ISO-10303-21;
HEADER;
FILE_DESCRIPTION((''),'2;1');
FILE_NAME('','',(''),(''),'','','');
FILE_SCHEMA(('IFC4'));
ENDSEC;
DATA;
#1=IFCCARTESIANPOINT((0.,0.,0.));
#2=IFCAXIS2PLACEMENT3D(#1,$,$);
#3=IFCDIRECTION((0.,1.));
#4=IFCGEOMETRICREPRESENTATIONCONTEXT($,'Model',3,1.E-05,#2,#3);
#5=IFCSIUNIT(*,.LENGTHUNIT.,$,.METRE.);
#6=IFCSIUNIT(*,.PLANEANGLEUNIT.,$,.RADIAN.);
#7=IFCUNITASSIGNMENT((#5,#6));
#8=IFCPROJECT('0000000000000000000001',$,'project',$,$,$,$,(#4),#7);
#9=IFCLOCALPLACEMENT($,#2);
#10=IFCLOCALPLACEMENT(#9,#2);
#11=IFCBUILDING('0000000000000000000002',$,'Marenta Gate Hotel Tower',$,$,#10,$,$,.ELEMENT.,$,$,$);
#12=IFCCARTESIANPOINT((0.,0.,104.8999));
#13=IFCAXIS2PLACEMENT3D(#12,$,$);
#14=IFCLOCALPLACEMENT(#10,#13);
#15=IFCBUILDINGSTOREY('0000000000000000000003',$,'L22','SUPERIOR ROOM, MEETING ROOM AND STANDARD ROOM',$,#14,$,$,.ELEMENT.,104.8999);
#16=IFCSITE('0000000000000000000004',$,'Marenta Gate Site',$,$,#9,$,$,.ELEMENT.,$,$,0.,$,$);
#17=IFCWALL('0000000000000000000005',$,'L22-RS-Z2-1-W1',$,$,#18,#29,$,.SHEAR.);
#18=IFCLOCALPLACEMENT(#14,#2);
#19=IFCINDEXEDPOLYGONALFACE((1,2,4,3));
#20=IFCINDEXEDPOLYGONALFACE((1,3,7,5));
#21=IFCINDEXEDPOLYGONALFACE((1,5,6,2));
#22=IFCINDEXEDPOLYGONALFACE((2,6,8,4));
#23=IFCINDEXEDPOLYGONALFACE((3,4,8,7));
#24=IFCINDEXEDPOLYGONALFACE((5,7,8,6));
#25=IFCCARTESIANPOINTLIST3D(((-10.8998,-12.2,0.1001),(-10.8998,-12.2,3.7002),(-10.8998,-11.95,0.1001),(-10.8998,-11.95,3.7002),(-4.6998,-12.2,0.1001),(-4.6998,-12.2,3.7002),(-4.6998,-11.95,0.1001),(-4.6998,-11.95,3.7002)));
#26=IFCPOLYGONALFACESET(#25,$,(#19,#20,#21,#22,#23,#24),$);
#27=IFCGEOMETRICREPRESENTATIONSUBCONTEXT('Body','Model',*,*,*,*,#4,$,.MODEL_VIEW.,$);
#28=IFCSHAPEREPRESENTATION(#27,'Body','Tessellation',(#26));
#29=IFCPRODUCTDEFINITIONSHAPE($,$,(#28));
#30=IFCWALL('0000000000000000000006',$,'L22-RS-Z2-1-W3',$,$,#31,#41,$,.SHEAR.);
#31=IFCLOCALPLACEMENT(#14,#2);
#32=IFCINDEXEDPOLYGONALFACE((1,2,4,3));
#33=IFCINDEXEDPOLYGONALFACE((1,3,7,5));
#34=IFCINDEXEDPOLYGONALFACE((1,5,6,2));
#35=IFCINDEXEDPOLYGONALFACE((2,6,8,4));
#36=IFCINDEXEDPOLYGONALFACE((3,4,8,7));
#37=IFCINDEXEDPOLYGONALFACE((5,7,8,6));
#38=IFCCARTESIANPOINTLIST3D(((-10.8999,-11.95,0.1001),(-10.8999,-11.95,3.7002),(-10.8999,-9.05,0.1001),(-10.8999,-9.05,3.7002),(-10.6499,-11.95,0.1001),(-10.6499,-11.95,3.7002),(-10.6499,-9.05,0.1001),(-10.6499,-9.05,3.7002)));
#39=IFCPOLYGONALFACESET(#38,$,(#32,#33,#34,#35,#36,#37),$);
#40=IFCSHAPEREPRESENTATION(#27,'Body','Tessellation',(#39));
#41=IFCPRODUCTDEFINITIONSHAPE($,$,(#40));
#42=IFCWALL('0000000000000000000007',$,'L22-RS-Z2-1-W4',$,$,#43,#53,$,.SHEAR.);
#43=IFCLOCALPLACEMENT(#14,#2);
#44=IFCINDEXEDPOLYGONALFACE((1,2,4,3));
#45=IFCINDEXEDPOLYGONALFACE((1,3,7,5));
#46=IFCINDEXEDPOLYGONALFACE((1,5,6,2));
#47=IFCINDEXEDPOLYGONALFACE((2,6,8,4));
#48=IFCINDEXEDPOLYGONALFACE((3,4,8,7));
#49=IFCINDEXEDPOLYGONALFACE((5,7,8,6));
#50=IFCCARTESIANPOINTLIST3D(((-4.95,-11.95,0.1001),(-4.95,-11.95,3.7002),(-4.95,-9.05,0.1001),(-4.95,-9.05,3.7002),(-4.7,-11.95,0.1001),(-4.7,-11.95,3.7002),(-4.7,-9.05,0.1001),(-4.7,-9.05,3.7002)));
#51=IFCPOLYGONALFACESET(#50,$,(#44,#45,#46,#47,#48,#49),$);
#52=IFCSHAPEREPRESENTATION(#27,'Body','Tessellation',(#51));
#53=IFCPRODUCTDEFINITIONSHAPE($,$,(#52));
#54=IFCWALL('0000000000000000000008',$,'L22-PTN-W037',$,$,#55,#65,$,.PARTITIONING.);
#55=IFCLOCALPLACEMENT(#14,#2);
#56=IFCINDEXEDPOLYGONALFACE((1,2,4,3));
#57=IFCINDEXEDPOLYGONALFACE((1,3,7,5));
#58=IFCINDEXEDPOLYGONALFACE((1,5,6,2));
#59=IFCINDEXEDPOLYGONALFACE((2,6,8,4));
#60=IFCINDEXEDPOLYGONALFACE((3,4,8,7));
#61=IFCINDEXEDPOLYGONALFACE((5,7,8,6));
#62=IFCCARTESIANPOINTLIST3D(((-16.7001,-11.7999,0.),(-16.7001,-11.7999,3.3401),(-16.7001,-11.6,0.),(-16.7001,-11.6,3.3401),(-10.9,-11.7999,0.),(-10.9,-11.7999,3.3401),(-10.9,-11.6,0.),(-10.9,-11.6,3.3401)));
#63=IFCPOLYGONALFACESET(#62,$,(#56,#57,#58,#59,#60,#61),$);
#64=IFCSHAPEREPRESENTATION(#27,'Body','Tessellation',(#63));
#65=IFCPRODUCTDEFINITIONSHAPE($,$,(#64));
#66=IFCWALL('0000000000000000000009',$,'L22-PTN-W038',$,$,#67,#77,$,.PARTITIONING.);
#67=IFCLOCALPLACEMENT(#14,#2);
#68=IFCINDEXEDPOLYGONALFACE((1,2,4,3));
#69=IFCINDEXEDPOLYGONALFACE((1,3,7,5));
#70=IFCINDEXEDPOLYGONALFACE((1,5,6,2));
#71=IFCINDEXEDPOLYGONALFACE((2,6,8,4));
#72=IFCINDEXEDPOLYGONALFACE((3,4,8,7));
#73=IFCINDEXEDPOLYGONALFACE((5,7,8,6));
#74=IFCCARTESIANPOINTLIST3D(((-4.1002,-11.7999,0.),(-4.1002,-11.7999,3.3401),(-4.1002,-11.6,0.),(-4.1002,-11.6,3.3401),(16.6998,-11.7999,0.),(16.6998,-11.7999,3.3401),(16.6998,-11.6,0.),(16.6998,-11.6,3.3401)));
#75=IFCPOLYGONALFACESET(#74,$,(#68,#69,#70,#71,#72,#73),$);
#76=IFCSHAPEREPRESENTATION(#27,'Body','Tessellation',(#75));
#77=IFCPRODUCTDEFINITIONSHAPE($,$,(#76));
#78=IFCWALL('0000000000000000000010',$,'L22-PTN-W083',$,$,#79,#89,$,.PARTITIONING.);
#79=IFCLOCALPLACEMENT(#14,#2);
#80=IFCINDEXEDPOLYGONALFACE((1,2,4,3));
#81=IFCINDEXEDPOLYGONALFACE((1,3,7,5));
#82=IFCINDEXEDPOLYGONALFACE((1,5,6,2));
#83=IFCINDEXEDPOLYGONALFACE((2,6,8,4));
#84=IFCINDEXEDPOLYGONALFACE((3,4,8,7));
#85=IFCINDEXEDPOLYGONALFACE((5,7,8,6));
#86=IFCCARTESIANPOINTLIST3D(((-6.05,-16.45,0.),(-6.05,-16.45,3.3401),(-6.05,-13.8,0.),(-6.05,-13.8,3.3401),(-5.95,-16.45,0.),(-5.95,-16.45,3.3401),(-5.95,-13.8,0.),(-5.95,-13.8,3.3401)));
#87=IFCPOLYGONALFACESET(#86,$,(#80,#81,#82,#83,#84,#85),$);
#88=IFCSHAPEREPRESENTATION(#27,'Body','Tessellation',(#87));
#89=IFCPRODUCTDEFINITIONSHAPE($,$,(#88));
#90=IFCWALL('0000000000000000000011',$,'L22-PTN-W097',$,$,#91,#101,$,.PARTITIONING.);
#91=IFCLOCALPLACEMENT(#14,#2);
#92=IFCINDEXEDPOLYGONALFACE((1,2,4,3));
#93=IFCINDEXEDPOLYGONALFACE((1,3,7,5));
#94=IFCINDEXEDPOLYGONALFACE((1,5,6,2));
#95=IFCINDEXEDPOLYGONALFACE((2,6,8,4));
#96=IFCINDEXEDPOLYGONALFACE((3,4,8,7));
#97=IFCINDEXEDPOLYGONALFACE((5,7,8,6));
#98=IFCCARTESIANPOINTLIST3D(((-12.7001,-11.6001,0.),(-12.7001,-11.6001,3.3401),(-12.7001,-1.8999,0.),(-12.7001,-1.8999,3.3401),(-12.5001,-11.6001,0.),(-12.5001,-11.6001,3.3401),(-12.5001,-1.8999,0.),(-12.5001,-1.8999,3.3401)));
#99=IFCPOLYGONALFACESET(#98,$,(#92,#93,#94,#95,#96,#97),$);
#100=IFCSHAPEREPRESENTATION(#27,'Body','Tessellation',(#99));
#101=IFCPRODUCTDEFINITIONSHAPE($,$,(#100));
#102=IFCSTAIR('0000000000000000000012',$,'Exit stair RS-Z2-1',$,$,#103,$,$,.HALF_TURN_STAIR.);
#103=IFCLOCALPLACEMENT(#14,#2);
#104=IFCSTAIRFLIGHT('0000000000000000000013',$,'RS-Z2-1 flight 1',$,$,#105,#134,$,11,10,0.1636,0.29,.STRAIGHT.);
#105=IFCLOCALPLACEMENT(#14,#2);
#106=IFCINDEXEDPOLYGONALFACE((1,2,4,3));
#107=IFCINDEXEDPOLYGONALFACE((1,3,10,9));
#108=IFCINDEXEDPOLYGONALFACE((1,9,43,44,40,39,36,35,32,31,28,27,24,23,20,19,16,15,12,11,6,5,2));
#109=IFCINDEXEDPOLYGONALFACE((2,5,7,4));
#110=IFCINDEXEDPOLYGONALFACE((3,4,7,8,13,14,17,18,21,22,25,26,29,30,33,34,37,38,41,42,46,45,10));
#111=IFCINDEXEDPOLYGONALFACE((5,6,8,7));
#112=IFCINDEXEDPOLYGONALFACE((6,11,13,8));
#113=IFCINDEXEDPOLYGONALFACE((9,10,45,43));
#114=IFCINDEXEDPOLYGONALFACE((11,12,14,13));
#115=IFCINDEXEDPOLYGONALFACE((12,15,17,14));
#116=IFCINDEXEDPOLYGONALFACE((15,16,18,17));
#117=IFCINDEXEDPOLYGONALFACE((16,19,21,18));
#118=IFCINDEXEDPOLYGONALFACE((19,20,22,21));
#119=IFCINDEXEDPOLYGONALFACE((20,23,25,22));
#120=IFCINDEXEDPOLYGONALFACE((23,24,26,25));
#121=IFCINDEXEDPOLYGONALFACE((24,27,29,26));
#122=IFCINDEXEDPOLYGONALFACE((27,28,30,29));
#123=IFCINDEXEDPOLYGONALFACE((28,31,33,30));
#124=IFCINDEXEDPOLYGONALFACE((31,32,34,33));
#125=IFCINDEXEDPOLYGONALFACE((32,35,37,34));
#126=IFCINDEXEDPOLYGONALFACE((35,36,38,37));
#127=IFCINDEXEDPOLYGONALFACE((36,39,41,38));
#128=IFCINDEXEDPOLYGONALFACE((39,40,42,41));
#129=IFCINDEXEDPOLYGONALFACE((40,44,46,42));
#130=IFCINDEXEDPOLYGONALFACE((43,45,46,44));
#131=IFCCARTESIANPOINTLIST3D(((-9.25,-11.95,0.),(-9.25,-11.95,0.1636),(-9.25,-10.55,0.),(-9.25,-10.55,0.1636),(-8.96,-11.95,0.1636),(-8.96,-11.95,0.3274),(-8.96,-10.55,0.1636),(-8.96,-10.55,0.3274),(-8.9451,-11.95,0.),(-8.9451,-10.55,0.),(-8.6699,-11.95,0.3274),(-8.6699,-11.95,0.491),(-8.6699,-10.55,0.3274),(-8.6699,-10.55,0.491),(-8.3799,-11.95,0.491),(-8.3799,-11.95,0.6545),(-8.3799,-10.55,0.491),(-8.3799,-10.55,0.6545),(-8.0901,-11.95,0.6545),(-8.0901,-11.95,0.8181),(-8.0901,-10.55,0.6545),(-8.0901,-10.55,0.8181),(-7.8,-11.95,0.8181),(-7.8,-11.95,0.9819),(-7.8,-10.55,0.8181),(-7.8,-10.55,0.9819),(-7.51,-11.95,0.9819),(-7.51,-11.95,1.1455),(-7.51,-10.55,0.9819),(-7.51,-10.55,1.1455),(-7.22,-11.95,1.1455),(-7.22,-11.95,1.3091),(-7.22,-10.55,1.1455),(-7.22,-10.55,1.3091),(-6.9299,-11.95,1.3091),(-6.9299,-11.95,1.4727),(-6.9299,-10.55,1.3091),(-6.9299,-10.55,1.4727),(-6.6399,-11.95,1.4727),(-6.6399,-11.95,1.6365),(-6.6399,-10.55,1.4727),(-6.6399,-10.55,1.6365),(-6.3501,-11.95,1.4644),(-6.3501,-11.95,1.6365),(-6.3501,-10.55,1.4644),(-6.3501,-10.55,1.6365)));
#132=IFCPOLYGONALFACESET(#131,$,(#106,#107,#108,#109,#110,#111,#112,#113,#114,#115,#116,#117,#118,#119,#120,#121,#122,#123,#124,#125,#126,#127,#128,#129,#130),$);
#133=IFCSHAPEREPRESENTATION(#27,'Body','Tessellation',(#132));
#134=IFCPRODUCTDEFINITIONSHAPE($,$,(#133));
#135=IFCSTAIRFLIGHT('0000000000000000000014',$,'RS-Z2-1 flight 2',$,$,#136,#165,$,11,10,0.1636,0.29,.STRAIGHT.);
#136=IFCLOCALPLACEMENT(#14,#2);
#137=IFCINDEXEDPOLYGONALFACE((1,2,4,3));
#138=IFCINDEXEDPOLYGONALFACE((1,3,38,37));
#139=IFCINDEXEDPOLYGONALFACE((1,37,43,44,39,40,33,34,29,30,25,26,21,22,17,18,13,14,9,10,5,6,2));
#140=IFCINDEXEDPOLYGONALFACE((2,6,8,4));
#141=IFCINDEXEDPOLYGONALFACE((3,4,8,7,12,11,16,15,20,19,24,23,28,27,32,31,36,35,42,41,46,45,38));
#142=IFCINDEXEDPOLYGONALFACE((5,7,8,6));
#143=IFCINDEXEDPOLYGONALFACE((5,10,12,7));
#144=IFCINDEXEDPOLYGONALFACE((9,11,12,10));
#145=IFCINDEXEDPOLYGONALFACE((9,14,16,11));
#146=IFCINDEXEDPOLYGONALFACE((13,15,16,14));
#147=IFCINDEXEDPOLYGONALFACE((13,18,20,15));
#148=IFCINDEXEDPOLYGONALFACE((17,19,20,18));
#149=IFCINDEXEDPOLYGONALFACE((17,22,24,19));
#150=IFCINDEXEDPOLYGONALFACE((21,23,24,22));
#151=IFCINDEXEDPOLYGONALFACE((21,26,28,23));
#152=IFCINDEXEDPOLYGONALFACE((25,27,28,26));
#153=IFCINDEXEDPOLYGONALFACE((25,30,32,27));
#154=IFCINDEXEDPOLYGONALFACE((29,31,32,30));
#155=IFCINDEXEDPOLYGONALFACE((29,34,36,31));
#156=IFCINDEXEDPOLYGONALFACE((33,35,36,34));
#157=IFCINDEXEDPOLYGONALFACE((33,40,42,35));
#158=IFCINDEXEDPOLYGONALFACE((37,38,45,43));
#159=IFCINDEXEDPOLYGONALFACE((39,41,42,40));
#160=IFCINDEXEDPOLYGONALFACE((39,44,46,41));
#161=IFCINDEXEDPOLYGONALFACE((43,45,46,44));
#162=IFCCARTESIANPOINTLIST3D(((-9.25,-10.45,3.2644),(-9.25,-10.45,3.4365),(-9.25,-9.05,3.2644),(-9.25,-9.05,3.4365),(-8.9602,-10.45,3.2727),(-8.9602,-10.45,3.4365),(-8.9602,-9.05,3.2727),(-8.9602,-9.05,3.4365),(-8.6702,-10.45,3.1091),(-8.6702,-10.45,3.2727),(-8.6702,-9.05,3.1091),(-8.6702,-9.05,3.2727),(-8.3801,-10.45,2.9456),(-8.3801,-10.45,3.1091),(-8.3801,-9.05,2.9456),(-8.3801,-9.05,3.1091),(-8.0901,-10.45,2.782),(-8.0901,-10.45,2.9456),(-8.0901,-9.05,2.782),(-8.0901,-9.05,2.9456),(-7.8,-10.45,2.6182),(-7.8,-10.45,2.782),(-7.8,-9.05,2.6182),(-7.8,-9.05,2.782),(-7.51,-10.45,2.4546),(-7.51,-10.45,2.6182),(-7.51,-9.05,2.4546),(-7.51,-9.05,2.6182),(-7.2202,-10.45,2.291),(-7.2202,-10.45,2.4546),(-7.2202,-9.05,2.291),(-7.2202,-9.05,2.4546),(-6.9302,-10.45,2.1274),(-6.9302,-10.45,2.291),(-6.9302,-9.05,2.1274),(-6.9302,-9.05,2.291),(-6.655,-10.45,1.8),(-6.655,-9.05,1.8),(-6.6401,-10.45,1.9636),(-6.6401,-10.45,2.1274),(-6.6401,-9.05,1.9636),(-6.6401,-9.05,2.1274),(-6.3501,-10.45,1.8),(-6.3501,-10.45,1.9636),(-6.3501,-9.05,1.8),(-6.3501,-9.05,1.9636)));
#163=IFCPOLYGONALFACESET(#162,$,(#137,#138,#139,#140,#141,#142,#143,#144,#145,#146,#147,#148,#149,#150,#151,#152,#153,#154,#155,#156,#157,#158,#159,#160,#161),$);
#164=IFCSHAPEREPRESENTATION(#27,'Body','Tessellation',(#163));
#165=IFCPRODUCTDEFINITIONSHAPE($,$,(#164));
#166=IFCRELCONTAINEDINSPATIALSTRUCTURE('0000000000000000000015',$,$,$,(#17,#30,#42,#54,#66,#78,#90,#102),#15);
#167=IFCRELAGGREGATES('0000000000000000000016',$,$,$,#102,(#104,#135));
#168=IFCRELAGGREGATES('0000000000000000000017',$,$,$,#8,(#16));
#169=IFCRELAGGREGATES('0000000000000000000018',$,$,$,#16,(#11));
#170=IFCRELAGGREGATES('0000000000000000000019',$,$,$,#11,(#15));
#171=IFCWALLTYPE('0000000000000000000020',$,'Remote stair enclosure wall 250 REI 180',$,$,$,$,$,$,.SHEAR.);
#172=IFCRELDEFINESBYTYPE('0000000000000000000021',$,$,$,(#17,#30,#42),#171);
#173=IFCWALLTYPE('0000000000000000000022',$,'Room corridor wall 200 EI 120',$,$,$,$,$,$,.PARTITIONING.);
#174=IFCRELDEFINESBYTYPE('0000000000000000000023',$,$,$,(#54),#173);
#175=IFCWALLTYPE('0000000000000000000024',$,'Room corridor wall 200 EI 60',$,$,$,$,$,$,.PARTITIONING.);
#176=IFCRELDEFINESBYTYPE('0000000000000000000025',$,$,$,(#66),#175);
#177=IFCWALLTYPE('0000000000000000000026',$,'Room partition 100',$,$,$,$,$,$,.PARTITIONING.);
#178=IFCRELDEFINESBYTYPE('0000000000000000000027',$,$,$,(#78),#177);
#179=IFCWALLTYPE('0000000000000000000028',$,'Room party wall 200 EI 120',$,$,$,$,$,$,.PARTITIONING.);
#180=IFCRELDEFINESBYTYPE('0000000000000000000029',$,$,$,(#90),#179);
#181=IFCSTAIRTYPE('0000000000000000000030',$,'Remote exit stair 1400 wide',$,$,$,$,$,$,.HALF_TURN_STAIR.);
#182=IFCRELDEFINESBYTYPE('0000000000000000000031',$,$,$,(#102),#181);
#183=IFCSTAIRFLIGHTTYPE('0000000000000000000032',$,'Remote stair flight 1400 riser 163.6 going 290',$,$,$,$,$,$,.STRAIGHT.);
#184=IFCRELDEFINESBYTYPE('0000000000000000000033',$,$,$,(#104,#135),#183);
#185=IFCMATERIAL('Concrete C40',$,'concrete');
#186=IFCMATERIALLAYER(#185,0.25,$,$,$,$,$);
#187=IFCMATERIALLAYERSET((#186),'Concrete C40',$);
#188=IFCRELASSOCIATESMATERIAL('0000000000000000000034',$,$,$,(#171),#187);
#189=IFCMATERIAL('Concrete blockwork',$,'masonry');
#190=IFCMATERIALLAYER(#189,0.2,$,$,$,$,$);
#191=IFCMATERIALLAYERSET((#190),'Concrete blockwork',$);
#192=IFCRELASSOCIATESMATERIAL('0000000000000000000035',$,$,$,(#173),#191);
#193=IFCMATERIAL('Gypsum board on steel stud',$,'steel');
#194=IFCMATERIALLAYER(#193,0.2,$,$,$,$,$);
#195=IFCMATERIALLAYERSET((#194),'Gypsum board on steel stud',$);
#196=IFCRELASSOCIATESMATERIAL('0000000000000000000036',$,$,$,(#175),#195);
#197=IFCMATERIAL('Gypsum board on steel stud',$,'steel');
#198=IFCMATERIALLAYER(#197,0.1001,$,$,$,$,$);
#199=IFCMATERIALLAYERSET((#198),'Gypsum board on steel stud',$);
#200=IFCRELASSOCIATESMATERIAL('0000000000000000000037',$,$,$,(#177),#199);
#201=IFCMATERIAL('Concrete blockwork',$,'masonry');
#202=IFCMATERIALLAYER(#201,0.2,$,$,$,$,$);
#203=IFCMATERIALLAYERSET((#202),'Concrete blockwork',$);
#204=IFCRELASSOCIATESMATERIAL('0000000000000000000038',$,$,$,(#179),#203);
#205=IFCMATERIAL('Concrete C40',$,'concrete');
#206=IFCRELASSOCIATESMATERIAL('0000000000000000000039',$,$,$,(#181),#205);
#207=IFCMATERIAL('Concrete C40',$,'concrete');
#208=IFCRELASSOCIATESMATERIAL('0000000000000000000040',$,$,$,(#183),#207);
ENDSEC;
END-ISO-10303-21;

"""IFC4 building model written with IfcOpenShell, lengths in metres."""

from ifc_helpers import new_model, si_unit, direction, frame, frame_2d, origin, place, context, subcontext, project, spatial, polyline, rectangle, outline, extrude, material, layer, layer_set, type_object, element, aggregate, save


model = new_model("IFC4")

# Units and contexts
model_context = context("Model", 3, precision=1e-05, world=origin(), true_north=direction((0.0, 1.0)))
body_context = subcontext(model_context, "Body", "Model", "MODEL_VIEW")
ifc_project = project(units=[si_unit("LENGTHUNIT", "METRE"), si_unit("PLANEANGLEUNIT", "RADIAN")], contexts=[model_context])

# Site, building, storey
site_placement = place(None, origin())
site = spatial("IfcSite", under=ifc_project, at=site_placement, Name="Marenta Gate Site", CompositionType="ELEMENT", RefElevation=0.0)
building_placement = place(site_placement, origin())
building = spatial("IfcBuilding", under=site, at=building_placement, Name="Marenta Gate Hotel Tower", CompositionType="ELEMENT")
storey_placement = place(building_placement, frame((0.0, 0.0, 104.8999)))
storey = spatial("IfcBuildingStorey", under=building, at=storey_placement, Name="L22", Description="SUPERIOR ROOM, MEETING ROOM AND STANDARD ROOM", CompositionType="ELEMENT", Elevation=104.8999)

# Walls
ifc_material_1 = material(Name="Concrete C40", Category="concrete")
ifc_layer_1 = layer(ifc_material_1, 0.25)
ifc_layer_set_1 = layer_set([ifc_layer_1], Name="Concrete C40")
wall_type_1 = type_object("IfcWallType", Name="Remote stair enclosure wall 250 REI 180", PredefinedType="SHEAR", material=ifc_layer_set_1)
wall_1_placement = place(storey_placement, frame((-10.8999, -12.075, 0.1001), z_axis=(0.0, 0.0, 1.0), x_axis=(1.0, 0.0, 0.0)))
element("IfcWall", 1, at=wall_1_placement, inside=storey, type_object=wall_type_1, Name="L22-RS-Z2-1-W1", PredefinedType="SHEAR", context=body_context, shape_type="SweptSolid", body=[
    extrude(rectangle(XDim=6.2, YDim=0.25, at=frame_2d((3.1001, 0.0))), origin(), (0.0, 0.0, 1.0), 3.6001),
])
for number, where, z_axis, x_axis, name in (
    (2, (-10.7749, -11.95, 0.1001), (0.0, 0.0, 1.0), (0.0, 1.0, 0.0), "L22-RS-Z2-1-W3"),
    (3, (-4.825, -11.95, 0.1001), (0.0, 0.0, 1.0), (0.0, 1.0, 0.0), "L22-RS-Z2-1-W4"),
):
    element("IfcWall", number, at=place(storey_placement, frame(where, z_axis=z_axis, x_axis=x_axis)), inside=storey, type_object=wall_type_1, Name=name, PredefinedType="SHEAR", context=body_context, shape_type="SweptSolid", body=[
        extrude(rectangle(XDim=2.8999, YDim=0.25, at=frame_2d((1.45, 0.0))), origin(), (0.0, 0.0, 1.0), 3.6001),
    ])
ifc_material_2 = material(Name="Concrete blockwork", Category="masonry")
ifc_layer_2 = layer(ifc_material_2, 0.2)
ifc_layer_set_2 = layer_set([ifc_layer_2], Name="Concrete blockwork")
wall_type_2 = type_object("IfcWallType", Name="Room corridor wall 200 EI 120", PredefinedType="PARTITIONING", material=ifc_layer_set_2)
wall_2_placement = place(storey_placement, frame((-16.7, -11.7, 0.0), z_axis=(0.0, 0.0, 1.0), x_axis=(1.0, 0.0, 0.0)))
element("IfcWall", 4, at=wall_2_placement, inside=storey, type_object=wall_type_2, Name="L22-PTN-W037", PredefinedType="PARTITIONING", context=body_context, shape_type="SweptSolid", body=[
    extrude(rectangle(XDim=5.8, YDim=0.2, at=frame_2d((2.8999, 0.0))), origin(), (0.0, 0.0, 1.0), 3.3401),
])

# Shared definitions
ifc_material_3 = material(Name="Gypsum board on steel stud", Category="steel")
ifc_layer_3 = layer(ifc_material_3, 0.2)
ifc_layer_set_3 = layer_set([ifc_layer_3], Name="Gypsum board on steel stud")
wall_type_3 = type_object("IfcWallType", Name="Room corridor wall 200 EI 60", PredefinedType="PARTITIONING", material=ifc_layer_set_3)

# Walls
wall_3_placement = place(storey_placement, frame((-4.1001, -11.7, 0.0), z_axis=(0.0, 0.0, 1.0), x_axis=(1.0, 0.0, 0.0)))
element("IfcWall", 5, at=wall_3_placement, inside=storey, type_object=wall_type_3, Name="L22-PTN-W038", PredefinedType="PARTITIONING", context=body_context, shape_type="SweptSolid", body=[
    extrude(rectangle(XDim=20.8, YDim=0.2, at=frame_2d((10.3999, 0.0))), origin(), (0.0, 0.0, 1.0), 3.3401),
])
ifc_material_4 = material(Name="Gypsum board on steel stud", Category="steel")
ifc_layer_4 = layer(ifc_material_4, 0.1001)
ifc_layer_set_4 = layer_set([ifc_layer_4], Name="Gypsum board on steel stud")
wall_type_4 = type_object("IfcWallType", Name="Room partition 100", PredefinedType="PARTITIONING", material=ifc_layer_set_4)
wall_4_placement = place(storey_placement, frame((-6.0, -16.45, 0.0), z_axis=(0.0, 0.0, 1.0), x_axis=(0.0, 1.0, 0.0)))
element("IfcWall", 6, at=wall_4_placement, inside=storey, type_object=wall_type_4, Name="L22-PTN-W083", PredefinedType="PARTITIONING", context=body_context, shape_type="SweptSolid", body=[
    extrude(rectangle(XDim=2.6499, YDim=0.1001, at=frame_2d((1.325, 0.0))), origin(), (0.0, 0.0, 1.0), 3.3401),
])
ifc_material_5 = material(Name="Concrete blockwork", Category="masonry")
ifc_layer_5 = layer(ifc_material_5, 0.2)
ifc_layer_set_5 = layer_set([ifc_layer_5], Name="Concrete blockwork")
wall_type_5 = type_object("IfcWallType", Name="Room party wall 200 EI 120", PredefinedType="PARTITIONING", material=ifc_layer_set_5)
wall_5_placement = place(storey_placement, frame((-12.6001, -11.6001, 0.0), z_axis=(0.0, 0.0, 1.0), x_axis=(0.0, 1.0, 0.0)))
element("IfcWall", 7, at=wall_5_placement, inside=storey, type_object=wall_type_5, Name="L22-PTN-W097", PredefinedType="PARTITIONING", context=body_context, shape_type="SweptSolid", body=[
    extrude(rectangle(XDim=9.7002, YDim=0.2, at=frame_2d((4.8501, 0.0))), origin(), (0.0, 0.0, 1.0), 3.3401),
])

# Stair, stair flights
ifc_material_6 = material(Name="Concrete C40", Category="concrete")
stair_type = type_object("IfcStairType", Name="Remote exit stair 1400 wide", PredefinedType="HALF_TURN_STAIR", material=ifc_material_6)
stair_placement = place(storey_placement, origin())
stair = element("IfcStair", 8, at=stair_placement, inside=storey, type_object=stair_type, Name="Exit stair RS-Z2-1", PredefinedType="HALF_TURN_STAIR")
ifc_material_7 = material(Name="Concrete C40", Category="concrete")
stair_flight_type = type_object("IfcStairFlightType", Name="Remote stair flight 1400 riser 163.6 going 290", PredefinedType="STRAIGHT", material=ifc_material_7)
stair_flight_1_placement = place(storey_placement, frame((-9.25, -11.25, 0.0), z_axis=(0.0, 0.0, 1.0), x_axis=(1.0, 0.0, 0.0)))
stair_flight_1 = element("IfcStairFlight", 9, at=stair_flight_1_placement, type_object=stair_flight_type, Name="RS-Z2-1 flight 1", NumberOfRisers=11, NumberOfTreads=10, PredefinedType="STRAIGHT", RiserHeight=0.1636, TreadLength=0.29, context=body_context, shape_type="SweptSolid", body=[
    extrude(outline(polyline([(0.0, 0.0), (0.0, 0.1636), (0.29, 0.1636), (0.29, 0.3274), (0.5801, 0.3274), (0.5801, 0.491), (0.8701, 0.491), (0.8701, 0.6545), (1.1599, 0.6545), (1.1599, 0.8181), (1.45, 0.8181), (1.45, 0.9819), (1.74, 0.9819), (1.74, 1.1455), (2.03, 1.1455), (2.03, 1.3091), (2.3201, 1.3091), (2.3201, 1.4727), (2.6101, 1.4727), (2.6101, 1.6365), (2.8999, 1.6365), (2.8999, 1.8), (2.8999, 1.4644), (0.3049, 0.0), (0.0, 0.0)])), frame((0.0, 0.7, 0.0), z_axis=(0.0, -1.0, 0.0), x_axis=(1.0, 0.0, 0.0)), (0.0, 0.0, 1.0), 1.3999),
])
stair_flight_2_placement = place(storey_placement, frame((-6.3501, -9.75, 1.8), z_axis=(0.0, 0.0, 1.0), x_axis=(-1.0, 0.0, 0.0)))
stair_flight_2 = element("IfcStairFlight", 10, at=stair_flight_2_placement, type_object=stair_flight_type, Name="RS-Z2-1 flight 2", NumberOfRisers=11, NumberOfTreads=10, PredefinedType="STRAIGHT", RiserHeight=0.1636, TreadLength=0.29, context=body_context, shape_type="SweptSolid", body=[
    extrude(outline(polyline([(0.0, 0.0), (0.0, 0.1636), (0.29, 0.1636), (0.29, 0.3274), (0.5801, 0.3274), (0.5801, 0.491), (0.8701, 0.491), (0.8701, 0.6545), (1.1599, 0.6545), (1.1599, 0.8181), (1.45, 0.8181), (1.45, 0.9819), (1.74, 0.9819), (1.74, 1.1455), (2.03, 1.1455), (2.03, 1.3091), (2.3201, 1.3091), (2.3201, 1.4727), (2.6101, 1.4727), (2.6101, 1.6365), (2.8999, 1.6365), (2.8999, 1.8), (2.8999, 1.4644), (0.3049, 0.0), (0.0, 0.0)])), frame((0.0, 0.7, 0.0), z_axis=(0.0, -1.0, 0.0), x_axis=(1.0, 0.0, 0.0)), (0.0, 0.0, 1.0), 1.3999),
])
aggregate(stair, [stair_flight_1, stair_flight_2])

save(model, "model.ifc")
